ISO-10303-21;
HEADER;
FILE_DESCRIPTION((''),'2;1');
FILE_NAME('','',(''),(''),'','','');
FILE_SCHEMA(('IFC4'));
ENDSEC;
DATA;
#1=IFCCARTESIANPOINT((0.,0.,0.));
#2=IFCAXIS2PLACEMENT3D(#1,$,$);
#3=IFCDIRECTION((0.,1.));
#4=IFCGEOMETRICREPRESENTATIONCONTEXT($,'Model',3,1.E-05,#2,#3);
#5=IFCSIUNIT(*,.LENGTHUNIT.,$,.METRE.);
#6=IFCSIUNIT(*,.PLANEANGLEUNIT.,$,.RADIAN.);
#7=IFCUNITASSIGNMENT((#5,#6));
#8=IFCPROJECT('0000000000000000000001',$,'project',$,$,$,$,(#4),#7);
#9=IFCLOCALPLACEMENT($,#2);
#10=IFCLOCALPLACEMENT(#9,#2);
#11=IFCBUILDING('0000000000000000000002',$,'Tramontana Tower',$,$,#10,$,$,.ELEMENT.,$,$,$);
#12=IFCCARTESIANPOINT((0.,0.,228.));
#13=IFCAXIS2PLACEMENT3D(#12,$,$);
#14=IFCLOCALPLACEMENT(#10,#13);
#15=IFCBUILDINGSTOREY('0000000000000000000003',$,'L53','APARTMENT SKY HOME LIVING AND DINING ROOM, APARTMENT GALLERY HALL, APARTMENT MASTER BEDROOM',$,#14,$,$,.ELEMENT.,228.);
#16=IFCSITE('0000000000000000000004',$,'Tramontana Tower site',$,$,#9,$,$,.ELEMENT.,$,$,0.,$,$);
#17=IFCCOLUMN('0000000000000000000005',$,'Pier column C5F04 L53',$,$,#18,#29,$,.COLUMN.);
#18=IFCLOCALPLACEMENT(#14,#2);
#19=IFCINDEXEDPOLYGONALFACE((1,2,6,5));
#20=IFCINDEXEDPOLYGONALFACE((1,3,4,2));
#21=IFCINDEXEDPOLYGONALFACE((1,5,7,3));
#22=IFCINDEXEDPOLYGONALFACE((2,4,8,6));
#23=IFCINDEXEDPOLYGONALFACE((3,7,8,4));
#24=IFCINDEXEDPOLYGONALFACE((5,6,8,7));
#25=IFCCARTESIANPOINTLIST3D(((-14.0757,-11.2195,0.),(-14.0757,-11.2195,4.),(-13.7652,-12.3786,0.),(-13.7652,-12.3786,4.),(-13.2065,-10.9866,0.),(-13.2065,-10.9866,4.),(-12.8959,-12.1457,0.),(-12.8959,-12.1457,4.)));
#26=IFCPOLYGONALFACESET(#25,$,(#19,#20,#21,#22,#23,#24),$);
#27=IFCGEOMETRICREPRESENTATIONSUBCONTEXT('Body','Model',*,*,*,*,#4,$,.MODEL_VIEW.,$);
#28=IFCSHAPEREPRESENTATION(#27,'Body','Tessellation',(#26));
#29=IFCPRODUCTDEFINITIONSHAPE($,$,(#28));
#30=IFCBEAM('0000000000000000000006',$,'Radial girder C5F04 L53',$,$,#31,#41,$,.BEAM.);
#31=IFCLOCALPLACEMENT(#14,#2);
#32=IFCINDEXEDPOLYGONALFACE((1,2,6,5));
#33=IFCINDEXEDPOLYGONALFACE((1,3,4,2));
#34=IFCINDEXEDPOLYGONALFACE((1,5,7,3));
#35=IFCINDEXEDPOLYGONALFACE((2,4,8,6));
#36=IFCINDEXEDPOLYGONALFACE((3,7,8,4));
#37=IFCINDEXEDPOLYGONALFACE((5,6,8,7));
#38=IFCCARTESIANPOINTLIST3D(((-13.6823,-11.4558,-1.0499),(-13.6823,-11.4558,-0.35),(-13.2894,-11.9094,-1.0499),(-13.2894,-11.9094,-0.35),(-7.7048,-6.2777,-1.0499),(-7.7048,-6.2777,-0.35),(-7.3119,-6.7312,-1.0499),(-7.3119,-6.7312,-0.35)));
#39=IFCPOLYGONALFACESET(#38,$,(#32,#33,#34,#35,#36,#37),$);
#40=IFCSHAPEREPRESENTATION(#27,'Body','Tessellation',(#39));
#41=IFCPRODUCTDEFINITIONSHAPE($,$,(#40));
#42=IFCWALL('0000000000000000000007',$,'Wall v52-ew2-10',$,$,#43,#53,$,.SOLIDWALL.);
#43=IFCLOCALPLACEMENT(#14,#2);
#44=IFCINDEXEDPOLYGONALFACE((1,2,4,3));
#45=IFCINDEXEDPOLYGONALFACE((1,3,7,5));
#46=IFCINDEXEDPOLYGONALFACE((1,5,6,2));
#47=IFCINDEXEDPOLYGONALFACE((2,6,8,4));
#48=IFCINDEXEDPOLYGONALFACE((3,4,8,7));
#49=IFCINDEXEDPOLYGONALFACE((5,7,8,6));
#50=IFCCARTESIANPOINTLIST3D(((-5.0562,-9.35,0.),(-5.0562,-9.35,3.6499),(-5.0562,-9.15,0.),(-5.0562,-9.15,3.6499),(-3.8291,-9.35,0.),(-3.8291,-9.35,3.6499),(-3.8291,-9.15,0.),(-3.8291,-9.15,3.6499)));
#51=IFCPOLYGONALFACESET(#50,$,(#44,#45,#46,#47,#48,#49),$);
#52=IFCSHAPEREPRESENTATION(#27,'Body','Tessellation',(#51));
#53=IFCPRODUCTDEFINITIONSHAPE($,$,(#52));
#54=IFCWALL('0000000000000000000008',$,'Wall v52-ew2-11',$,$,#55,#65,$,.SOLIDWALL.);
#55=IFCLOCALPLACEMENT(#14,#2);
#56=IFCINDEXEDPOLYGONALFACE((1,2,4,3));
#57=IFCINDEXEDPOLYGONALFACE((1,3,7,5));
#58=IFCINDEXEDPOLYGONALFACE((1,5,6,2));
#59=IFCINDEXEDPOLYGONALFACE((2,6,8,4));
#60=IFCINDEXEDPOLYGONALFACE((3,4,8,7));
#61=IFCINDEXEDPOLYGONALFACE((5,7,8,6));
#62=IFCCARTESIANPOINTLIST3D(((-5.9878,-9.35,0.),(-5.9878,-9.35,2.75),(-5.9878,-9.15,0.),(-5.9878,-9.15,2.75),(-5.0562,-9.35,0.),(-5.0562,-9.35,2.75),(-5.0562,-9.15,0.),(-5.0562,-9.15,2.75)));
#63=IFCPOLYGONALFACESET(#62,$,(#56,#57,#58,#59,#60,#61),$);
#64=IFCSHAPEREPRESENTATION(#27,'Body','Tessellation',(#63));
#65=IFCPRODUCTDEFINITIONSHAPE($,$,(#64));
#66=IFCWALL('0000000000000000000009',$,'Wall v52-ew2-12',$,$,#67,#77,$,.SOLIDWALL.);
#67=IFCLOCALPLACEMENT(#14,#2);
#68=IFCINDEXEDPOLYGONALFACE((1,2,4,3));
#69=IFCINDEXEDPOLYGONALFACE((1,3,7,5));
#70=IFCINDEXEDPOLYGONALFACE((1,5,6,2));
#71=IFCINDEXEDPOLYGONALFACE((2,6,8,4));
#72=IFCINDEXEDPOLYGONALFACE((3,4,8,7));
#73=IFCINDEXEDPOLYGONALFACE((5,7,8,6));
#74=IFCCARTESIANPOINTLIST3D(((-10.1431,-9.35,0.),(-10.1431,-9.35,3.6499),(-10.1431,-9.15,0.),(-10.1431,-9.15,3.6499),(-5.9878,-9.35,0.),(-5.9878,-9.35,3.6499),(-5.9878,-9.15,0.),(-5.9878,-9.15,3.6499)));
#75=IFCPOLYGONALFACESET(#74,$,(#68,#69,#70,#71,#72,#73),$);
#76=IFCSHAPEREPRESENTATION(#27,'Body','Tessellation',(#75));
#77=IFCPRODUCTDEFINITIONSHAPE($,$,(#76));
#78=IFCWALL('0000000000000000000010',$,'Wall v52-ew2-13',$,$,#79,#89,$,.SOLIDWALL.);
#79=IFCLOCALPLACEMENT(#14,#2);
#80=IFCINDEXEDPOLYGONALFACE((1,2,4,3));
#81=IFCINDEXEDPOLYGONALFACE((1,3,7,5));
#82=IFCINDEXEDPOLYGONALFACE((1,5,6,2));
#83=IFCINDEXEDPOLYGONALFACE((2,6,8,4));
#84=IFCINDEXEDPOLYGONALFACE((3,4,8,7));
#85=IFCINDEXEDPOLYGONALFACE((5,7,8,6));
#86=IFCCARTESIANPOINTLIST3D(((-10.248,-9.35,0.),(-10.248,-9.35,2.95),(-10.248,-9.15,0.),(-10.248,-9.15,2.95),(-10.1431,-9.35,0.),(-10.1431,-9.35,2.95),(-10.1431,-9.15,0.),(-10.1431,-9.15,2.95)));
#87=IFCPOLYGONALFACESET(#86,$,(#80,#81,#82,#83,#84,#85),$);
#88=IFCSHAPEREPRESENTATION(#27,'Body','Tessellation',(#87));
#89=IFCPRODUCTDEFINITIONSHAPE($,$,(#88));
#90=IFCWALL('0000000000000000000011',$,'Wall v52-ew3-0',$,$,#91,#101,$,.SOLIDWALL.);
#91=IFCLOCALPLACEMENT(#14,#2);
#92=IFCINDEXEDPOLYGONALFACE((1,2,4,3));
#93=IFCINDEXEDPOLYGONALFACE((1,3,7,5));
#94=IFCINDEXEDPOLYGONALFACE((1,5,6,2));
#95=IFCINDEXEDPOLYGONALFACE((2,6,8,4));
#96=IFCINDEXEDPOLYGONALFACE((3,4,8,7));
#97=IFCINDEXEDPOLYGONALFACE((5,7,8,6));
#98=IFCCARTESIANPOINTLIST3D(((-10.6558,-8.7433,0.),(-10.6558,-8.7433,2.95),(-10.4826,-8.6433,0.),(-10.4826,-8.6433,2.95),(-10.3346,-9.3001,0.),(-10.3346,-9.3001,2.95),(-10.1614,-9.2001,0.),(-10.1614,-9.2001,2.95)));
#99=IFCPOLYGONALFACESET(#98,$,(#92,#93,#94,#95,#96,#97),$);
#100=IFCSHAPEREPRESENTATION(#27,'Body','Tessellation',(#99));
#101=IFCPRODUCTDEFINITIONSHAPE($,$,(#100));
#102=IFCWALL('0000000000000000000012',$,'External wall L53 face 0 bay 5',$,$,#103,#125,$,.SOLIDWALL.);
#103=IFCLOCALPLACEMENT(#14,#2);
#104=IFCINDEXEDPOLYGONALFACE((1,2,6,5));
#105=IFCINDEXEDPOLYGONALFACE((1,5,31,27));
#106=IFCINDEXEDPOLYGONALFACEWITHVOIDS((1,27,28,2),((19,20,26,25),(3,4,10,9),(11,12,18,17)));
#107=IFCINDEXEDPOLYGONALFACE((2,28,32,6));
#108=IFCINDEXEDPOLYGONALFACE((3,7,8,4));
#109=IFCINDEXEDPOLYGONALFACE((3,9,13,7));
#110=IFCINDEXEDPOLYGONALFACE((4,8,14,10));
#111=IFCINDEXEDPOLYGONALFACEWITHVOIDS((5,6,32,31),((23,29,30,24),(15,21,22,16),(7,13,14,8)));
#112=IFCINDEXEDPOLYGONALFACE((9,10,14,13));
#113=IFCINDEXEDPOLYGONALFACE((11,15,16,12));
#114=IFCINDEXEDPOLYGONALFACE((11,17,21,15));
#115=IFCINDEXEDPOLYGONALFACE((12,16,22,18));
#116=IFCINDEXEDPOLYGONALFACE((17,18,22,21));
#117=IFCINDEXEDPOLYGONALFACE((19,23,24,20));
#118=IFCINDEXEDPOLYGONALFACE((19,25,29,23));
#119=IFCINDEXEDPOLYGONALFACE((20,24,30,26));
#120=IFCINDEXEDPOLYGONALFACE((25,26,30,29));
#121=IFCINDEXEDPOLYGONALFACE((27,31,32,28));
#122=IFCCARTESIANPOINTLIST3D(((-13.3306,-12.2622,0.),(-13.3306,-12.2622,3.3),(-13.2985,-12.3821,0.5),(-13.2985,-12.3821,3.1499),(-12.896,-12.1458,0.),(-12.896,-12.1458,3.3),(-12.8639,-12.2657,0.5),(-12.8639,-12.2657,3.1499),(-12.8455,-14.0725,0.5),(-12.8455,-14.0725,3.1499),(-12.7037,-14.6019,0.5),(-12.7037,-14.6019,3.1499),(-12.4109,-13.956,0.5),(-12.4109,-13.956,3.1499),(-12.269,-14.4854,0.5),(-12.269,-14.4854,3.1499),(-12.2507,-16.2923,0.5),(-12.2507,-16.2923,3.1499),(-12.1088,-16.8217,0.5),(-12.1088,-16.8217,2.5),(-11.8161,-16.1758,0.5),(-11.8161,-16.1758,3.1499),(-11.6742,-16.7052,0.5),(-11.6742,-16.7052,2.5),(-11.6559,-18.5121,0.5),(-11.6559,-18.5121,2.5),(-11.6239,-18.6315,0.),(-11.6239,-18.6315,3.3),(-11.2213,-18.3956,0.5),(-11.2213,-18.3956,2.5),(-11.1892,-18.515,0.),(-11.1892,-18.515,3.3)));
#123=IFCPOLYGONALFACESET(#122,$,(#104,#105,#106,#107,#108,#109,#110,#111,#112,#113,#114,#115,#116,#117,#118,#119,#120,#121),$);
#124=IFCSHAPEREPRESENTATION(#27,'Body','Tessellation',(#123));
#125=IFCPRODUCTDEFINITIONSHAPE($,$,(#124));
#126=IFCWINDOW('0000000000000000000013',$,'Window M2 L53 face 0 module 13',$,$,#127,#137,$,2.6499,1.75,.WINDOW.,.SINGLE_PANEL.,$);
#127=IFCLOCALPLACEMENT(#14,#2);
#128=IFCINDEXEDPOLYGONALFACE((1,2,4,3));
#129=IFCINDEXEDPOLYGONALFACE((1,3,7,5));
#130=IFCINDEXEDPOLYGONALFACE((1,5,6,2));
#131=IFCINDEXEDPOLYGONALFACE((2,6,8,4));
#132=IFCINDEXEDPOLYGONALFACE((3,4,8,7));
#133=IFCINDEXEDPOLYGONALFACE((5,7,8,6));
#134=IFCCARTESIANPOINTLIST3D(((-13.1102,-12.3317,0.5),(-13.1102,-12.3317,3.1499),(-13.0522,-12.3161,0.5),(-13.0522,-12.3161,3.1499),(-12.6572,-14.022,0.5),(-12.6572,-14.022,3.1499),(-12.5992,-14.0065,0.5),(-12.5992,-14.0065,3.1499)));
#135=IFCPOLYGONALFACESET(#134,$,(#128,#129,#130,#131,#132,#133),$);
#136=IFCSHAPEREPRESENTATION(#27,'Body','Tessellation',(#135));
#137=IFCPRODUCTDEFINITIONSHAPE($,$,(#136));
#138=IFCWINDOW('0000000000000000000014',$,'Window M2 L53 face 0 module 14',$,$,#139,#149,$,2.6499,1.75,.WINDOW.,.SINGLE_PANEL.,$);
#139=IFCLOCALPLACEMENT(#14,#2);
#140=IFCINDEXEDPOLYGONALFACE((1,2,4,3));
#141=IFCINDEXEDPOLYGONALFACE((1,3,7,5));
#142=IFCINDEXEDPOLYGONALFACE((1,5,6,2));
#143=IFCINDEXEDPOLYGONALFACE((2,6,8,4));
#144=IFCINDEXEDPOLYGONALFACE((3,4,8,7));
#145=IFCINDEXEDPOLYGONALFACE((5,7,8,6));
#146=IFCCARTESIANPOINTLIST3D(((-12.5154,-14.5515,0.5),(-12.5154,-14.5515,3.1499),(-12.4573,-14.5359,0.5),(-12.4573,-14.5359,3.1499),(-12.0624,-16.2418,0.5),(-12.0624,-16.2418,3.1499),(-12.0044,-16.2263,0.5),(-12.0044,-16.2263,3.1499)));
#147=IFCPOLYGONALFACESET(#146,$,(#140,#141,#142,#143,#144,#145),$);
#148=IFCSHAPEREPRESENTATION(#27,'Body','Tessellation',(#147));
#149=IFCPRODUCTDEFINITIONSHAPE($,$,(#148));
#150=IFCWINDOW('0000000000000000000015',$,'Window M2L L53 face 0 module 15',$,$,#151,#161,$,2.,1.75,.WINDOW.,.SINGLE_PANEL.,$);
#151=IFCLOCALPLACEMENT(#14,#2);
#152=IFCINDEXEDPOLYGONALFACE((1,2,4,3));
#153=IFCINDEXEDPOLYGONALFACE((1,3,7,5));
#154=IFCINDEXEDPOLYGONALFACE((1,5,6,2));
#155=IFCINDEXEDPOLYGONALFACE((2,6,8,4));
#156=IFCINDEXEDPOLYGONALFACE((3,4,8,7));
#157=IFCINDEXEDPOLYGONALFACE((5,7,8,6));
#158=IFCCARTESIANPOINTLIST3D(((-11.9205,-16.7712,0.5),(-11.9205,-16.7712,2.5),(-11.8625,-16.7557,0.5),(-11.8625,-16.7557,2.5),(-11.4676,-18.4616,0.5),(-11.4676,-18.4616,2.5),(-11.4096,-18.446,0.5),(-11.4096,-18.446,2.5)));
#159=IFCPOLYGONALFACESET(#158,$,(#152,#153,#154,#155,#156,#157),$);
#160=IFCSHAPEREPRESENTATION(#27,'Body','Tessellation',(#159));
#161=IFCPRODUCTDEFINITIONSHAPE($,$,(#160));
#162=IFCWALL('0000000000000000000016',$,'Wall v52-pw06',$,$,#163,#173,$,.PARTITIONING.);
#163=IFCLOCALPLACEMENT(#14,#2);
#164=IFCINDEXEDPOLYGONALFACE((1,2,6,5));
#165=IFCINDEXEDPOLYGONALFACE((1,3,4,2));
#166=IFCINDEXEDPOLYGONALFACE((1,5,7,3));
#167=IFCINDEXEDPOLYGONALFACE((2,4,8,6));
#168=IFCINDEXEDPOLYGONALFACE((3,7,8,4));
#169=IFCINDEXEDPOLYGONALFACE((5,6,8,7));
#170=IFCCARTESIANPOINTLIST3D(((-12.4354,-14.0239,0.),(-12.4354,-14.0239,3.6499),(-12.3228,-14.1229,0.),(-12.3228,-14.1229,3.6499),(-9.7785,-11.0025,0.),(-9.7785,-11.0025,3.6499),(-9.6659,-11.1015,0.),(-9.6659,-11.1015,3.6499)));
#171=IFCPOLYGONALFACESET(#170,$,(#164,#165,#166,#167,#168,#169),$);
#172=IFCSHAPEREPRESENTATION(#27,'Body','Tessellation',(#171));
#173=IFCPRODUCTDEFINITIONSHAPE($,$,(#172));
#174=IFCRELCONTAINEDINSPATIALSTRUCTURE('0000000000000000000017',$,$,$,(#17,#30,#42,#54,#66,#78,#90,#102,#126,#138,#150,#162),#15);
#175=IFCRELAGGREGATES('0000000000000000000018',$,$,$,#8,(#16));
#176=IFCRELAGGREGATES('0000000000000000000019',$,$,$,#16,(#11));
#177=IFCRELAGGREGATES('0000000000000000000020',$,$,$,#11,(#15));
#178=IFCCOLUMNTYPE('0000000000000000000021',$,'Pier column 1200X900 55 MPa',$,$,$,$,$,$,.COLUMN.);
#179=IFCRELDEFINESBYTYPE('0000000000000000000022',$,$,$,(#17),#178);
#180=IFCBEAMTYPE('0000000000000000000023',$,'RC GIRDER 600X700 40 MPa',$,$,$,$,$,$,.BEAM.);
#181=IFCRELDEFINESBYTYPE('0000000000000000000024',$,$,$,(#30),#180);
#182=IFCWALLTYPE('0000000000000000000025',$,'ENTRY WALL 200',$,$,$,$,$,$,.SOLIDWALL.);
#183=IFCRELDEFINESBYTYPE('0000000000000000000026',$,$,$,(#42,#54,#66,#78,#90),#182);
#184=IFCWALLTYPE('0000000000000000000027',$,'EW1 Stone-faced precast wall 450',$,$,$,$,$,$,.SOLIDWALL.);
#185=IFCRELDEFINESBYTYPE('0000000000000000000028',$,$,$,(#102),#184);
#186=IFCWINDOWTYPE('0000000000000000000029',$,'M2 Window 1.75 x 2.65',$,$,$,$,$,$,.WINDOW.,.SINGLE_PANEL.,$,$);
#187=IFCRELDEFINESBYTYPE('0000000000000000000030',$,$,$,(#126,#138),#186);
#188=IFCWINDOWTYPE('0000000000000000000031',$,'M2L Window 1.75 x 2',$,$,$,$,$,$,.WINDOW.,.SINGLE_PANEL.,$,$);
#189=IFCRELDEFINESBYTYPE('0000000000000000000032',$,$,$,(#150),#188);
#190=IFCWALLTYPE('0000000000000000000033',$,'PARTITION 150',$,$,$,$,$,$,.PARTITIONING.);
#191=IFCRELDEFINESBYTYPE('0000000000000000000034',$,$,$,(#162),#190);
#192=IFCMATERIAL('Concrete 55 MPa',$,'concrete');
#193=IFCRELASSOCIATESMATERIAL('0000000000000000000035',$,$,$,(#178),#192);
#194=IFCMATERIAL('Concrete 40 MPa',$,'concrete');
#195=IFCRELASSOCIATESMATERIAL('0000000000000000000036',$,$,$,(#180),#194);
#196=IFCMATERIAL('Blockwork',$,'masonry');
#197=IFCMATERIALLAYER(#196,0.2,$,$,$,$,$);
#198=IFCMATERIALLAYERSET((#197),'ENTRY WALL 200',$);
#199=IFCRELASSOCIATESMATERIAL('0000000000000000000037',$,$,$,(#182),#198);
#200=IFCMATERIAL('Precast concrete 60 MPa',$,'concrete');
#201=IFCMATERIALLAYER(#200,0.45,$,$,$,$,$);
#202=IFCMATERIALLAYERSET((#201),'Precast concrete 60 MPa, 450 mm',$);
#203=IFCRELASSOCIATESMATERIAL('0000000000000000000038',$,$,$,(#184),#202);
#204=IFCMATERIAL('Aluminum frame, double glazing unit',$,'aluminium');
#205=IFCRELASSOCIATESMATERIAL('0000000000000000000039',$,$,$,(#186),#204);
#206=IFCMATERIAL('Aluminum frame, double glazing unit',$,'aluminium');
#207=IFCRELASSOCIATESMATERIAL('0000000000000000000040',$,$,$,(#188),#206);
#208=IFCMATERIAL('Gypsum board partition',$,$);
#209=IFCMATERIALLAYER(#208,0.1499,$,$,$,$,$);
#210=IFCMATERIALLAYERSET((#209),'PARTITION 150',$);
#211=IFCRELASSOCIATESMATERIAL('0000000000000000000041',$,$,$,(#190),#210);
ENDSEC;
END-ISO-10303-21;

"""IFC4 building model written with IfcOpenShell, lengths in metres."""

from ifc_helpers import new_model, si_unit, direction, frame, frame_2d, origin, origin_2d, place, context, subcontext, project, spatial, rectangle, extrude, material, layer, layer_set, material_profile, profile_set, type_object, element, fill, save


model = new_model("IFC4")

# Units and contexts
model_context = context("Model", 3, precision=1e-05, world=origin(), true_north=direction((0.0, 1.0)))
body_context = subcontext(model_context, "Body", "Model", "MODEL_VIEW")
ifc_project = project(units=[si_unit("LENGTHUNIT", "METRE"), si_unit("PLANEANGLEUNIT", "RADIAN")], contexts=[model_context])

# Site, building, storey
site_placement = place(None, origin())
site = spatial("IfcSite", under=ifc_project, at=site_placement, Name="Tramontana Tower site", CompositionType="ELEMENT", RefElevation=0.0)
building_placement = place(site_placement, origin())
building = spatial("IfcBuilding", under=site, at=building_placement, Name="Tramontana Tower", CompositionType="ELEMENT")
storey_placement = place(building_placement, frame((0.0, 0.0, 228.0)))
storey = spatial("IfcBuildingStorey", under=building, at=storey_placement, Name="L53", Description="APARTMENT SKY HOME LIVING AND DINING ROOM, APARTMENT GALLERY HALL, APARTMENT MASTER BEDROOM", CompositionType="ELEMENT", Elevation=228.0)

# Column
ifc_material_1 = material(Name="Concrete 55 MPa", Category="concrete")
ifc_material_profile_1 = material_profile(ifc_material_1, rectangle(XDim=1.2, YDim=0.8999, at=origin_2d()), Name="Pier column 1200X900 55 MPa")
ifc_profile_set_1 = profile_set([ifc_material_profile_1], Name="Concrete 55 MPa")
column_type = type_object("IfcColumnType", Name="Pier column 1200X900 55 MPa", PredefinedType="COLUMN", material=ifc_profile_set_1)
column_placement = place(storey_placement, frame((-13.4858, -11.6826, 0.0), z_axis=(0.0, 0.0, 1.0), x_axis=(0.258819, -0.965926, 0.0)))
element("IfcColumn", 1, at=column_placement, inside=storey, type_object=column_type, Name="Pier column C5F04 L53", PredefinedType="COLUMN", context=body_context, shape_type="SweptSolid", body=[
    extrude(rectangle(XDim=1.2, YDim=0.8999, at=origin_2d()), origin(), (0.0, 0.0, 1.0), 4.0),
])

# Beam
ifc_material_2 = material(Name="Concrete 40 MPa", Category="concrete")
ifc_material_profile_2 = material_profile(ifc_material_2, rectangle(XDim=0.6001, YDim=0.7, at=origin_2d()), Name="RC GIRDER 600X700 40 MPa")
ifc_profile_set_2 = profile_set([ifc_material_profile_2], Name="Concrete 40 MPa")
beam_type = type_object("IfcBeamType", Name="RC GIRDER 600X700 40 MPa", PredefinedType="BEAM", material=ifc_profile_set_2)
beam_placement = place(storey_placement, frame((-13.4858, -11.6826, -0.7), z_axis=(0.755834, 0.654764, 0.0), x_axis=(-0.654764, 0.755834, 0.0)))
element("IfcBeam", 2, at=beam_placement, inside=storey, type_object=beam_type, Name="Radial girder C5F04 L53", PredefinedType="BEAM", context=body_context, shape_type="SweptSolid", body=[
    extrude(rectangle(XDim=0.6001, YDim=0.7, at=origin_2d()), origin(), (0.0, 0.0, 1.0), 7.9084),
])

# Walls
ifc_material_3 = material(Name="Blockwork", Category="masonry")
ifc_layer_1 = layer(ifc_material_3, 0.2)
ifc_layer_set_1 = layer_set([ifc_layer_1], Name="ENTRY WALL 200")
wall_type_1 = type_object("IfcWallType", Name="ENTRY WALL 200", PredefinedType="SOLIDWALL", material=ifc_layer_set_1)
wall_1_placement = place(storey_placement, frame((-3.8291, -9.25, 0.0), z_axis=(0.0, 0.0, 1.0), x_axis=(-1.0, 0.0, 0.0)))
element("IfcWall", 3, at=wall_1_placement, inside=storey, type_object=wall_type_1, Name="Wall v52-ew2-10", PredefinedType="SOLIDWALL", context=body_context, shape_type="SweptSolid", body=[
    extrude(rectangle(XDim=1.2271, YDim=0.2, at=frame_2d((0.6135, 0.0))), origin(), (0.0, 0.0, 1.0), 3.6499),
])
wall_2_placement = place(storey_placement, frame((-5.0562, -9.25, 0.0), z_axis=(0.0, 0.0, 1.0), x_axis=(-1.0, 0.0, 0.0)))
element("IfcWall", 4, at=wall_2_placement, inside=storey, type_object=wall_type_1, Name="Wall v52-ew2-11", PredefinedType="SOLIDWALL", context=body_context, shape_type="SweptSolid", body=[
    extrude(rectangle(XDim=0.9316, YDim=0.2, at=frame_2d((0.4658, 0.0))), origin(), (0.0, 0.0, 1.0), 2.75),
])
wall_3_placement = place(storey_placement, frame((-5.9878, -9.25, 0.0), z_axis=(0.0, 0.0, 1.0), x_axis=(-1.0, 0.0, 0.0)))
element("IfcWall", 5, at=wall_3_placement, inside=storey, type_object=wall_type_1, Name="Wall v52-ew2-12", PredefinedType="SOLIDWALL", context=body_context, shape_type="SweptSolid", body=[
    extrude(rectangle(XDim=4.1553, YDim=0.2, at=frame_2d((2.0776, 0.0))), origin(), (0.0, 0.0, 1.0), 3.6499),
])
wall_4_placement = place(storey_placement, frame((-10.1431, -9.25, 0.0), z_axis=(0.0, 0.0, 1.0), x_axis=(-1.0, 0.0, 0.0)))
element("IfcWall", 6, at=wall_4_placement, inside=storey, type_object=wall_type_1, Name="Wall v52-ew2-13", PredefinedType="SOLIDWALL", context=body_context, shape_type="SweptSolid", body=[
    extrude(rectangle(XDim=0.105, YDim=0.2, at=frame_2d((0.0525, 0.0))), origin(), (0.0, 0.0, 1.0), 2.95),
])
wall_5_placement = place(storey_placement, frame((-10.248, -9.25, 0.0), z_axis=(0.0, 0.0, 1.0), x_axis=(-0.499733, 0.866179, 0.0)))
element("IfcWall", 7, at=wall_5_placement, inside=storey, type_object=wall_type_1, Name="Wall v52-ew3-0", PredefinedType="SOLIDWALL", context=body_context, shape_type="SweptSolid", body=[
    extrude(rectangle(XDim=0.6428, YDim=0.2, at=frame_2d((0.3213, 0.0))), origin(), (0.0, 0.0, 1.0), 2.95),
])

# Wall, openings, windows
ifc_material_4 = material(Name="Precast concrete 60 MPa", Category="concrete")
ifc_layer_2 = layer(ifc_material_4, 0.45)
ifc_layer_set_2 = layer_set([ifc_layer_2], Name="Precast concrete 60 MPa, 450 mm")
wall_type_2 = type_object("IfcWallType", Name="EW1 Stone-faced precast wall 450", PredefinedType="SOLIDWALL", material=ifc_layer_set_2)
wall_6_placement = place(storey_placement, frame((-13.1133, -12.2041, 0.0), z_axis=(0.0, 0.0, 1.0), x_axis=(0.258835, -0.965921, 0.0)))
wall_6 = element("IfcWall", 8, at=wall_6_placement, inside=storey, type_object=wall_type_2, Name="External wall L53 face 0 bay 5", PredefinedType="SOLIDWALL", context=body_context, shape_type="SweptSolid", body=[
    extrude(rectangle(XDim=6.594, YDim=0.45, at=frame_2d((3.2969, 0.0))), origin(), (0.0, 0.0, 1.0), 3.3),
])
opening_1_placement = place(wall_6_placement, frame((0.124, 0.0, 0.5)))
opening_1 = element("IfcOpeningElement", 9, at=opening_1_placement, cuts=wall_6, PredefinedType="OPENING", context=body_context, shape_type="SweptSolid", body=[
    extrude(rectangle(XDim=1.75, YDim=2.6499, at=frame_2d((0.875, 1.325))), frame((0.0, 0.2349, 0.0), z_axis=(0.0, -1.0, 0.0), x_axis=(1.0, 0.0, 0.0)), (0.0, 0.0, 1.0), 0.47),
])
opening_2_placement = place(wall_6_placement, frame((2.4221, 0.0, 0.5)))
opening_2 = element("IfcOpeningElement", 10, at=opening_2_placement, cuts=wall_6, PredefinedType="OPENING", context=body_context, shape_type="SweptSolid", body=[
    extrude(rectangle(XDim=1.75, YDim=2.6499, at=frame_2d((0.875, 1.325))), frame((0.0, 0.2349, 0.0), z_axis=(0.0, -1.0, 0.0), x_axis=(1.0, 0.0, 0.0)), (0.0, 0.0, 1.0), 0.47),
])
opening_3_placement = place(wall_6_placement, frame((4.7202, 0.0, 0.5)))
opening_3 = element("IfcOpeningElement", 11, at=opening_3_placement, cuts=wall_6, PredefinedType="OPENING", context=body_context, shape_type="SweptSolid", body=[
    extrude(rectangle(XDim=1.75, YDim=2.0, at=frame_2d((0.875, 1.0))), frame((0.0, 0.2349, 0.0), z_axis=(0.0, -1.0, 0.0), x_axis=(1.0, 0.0, 0.0)), (0.0, 0.0, 1.0), 0.47),
])
ifc_material_5 = material(Name="Aluminum frame, double glazing unit", Category="aluminium")
window_type_1 = type_object("IfcWindowType", Name="M2 Window 1.75 x 2.65", PartitioningType="SINGLE_PANEL", PredefinedType="WINDOW", material=ifc_material_5)
window_1_placement = place(opening_1_placement, origin())
window_1 = element("IfcWindow", 12, at=window_1_placement, inside=storey, type_object=window_type_1, Name="Window M2 L53 face 0 module 13", OverallHeight=2.6499, OverallWidth=1.75, PartitioningType="SINGLE_PANEL", PredefinedType="WINDOW", context=body_context, shape_type="SweptSolid", body=[
    extrude(rectangle(XDim=1.75, YDim=2.6499, at=frame_2d((0.875, 1.325))), frame((0.0, 0.03, 0.0), z_axis=(0.0, -1.0, 0.0), x_axis=(1.0, 0.0, 0.0)), (0.0, 0.0, 1.0), 0.0601),
])
fill(opening_1, window_1)
window_2_placement = place(opening_2_placement, origin())
window_2 = element("IfcWindow", 13, at=window_2_placement, inside=storey, type_object=window_type_1, Name="Window M2 L53 face 0 module 14", OverallHeight=2.6499, OverallWidth=1.75, PartitioningType="SINGLE_PANEL", PredefinedType="WINDOW", context=body_context, shape_type="SweptSolid", body=[
    extrude(rectangle(XDim=1.75, YDim=2.6499, at=frame_2d((0.875, 1.325))), frame((0.0, 0.03, 0.0), z_axis=(0.0, -1.0, 0.0), x_axis=(1.0, 0.0, 0.0)), (0.0, 0.0, 1.0), 0.0601),
])
fill(opening_2, window_2)
ifc_material_6 = material(Name="Aluminum frame, double glazing unit", Category="aluminium")
window_type_2 = type_object("IfcWindowType", Name="M2L Window 1.75 x 2", PartitioningType="SINGLE_PANEL", PredefinedType="WINDOW", material=ifc_material_6)
window_3_placement = place(opening_3_placement, origin())
window_3 = element("IfcWindow", 14, at=window_3_placement, inside=storey, type_object=window_type_2, Name="Window M2L L53 face 0 module 15", OverallHeight=2.0, OverallWidth=1.75, PartitioningType="SINGLE_PANEL", PredefinedType="WINDOW", context=body_context, shape_type="SweptSolid", body=[
    extrude(rectangle(XDim=1.75, YDim=2.0, at=frame_2d((0.875, 1.0))), frame((0.0, 0.03, 0.0), z_axis=(0.0, -1.0, 0.0), x_axis=(1.0, 0.0, 0.0)), (0.0, 0.0, 1.0), 0.0601),
])
fill(opening_3, window_3)

# Wall
ifc_material_7 = material(Name="Gypsum board partition")
ifc_layer_3 = layer(ifc_material_7, 0.1499)
ifc_layer_set_3 = layer_set([ifc_layer_3], Name="PARTITION 150")
wall_type_3 = type_object("IfcWallType", Name="PARTITION 150", PredefinedType="PARTITIONING", material=ifc_layer_set_3)
wall_7_placement = place(storey_placement, frame((-9.7222, -11.052, 0.0), z_axis=(0.0, 0.0, 1.0), x_axis=(-0.660358, -0.750951, 0.0)))
element("IfcWall", 15, at=wall_7_placement, inside=storey, type_object=wall_type_3, Name="Wall v52-pw06", PredefinedType="PARTITIONING", context=body_context, shape_type="SweptSolid", body=[
    extrude(rectangle(XDim=4.0234, YDim=0.1499, at=frame_2d((2.0117, 0.0))), origin(), (0.0, 0.0, 1.0), 3.6499),
])

save(model, "model.ifc")
